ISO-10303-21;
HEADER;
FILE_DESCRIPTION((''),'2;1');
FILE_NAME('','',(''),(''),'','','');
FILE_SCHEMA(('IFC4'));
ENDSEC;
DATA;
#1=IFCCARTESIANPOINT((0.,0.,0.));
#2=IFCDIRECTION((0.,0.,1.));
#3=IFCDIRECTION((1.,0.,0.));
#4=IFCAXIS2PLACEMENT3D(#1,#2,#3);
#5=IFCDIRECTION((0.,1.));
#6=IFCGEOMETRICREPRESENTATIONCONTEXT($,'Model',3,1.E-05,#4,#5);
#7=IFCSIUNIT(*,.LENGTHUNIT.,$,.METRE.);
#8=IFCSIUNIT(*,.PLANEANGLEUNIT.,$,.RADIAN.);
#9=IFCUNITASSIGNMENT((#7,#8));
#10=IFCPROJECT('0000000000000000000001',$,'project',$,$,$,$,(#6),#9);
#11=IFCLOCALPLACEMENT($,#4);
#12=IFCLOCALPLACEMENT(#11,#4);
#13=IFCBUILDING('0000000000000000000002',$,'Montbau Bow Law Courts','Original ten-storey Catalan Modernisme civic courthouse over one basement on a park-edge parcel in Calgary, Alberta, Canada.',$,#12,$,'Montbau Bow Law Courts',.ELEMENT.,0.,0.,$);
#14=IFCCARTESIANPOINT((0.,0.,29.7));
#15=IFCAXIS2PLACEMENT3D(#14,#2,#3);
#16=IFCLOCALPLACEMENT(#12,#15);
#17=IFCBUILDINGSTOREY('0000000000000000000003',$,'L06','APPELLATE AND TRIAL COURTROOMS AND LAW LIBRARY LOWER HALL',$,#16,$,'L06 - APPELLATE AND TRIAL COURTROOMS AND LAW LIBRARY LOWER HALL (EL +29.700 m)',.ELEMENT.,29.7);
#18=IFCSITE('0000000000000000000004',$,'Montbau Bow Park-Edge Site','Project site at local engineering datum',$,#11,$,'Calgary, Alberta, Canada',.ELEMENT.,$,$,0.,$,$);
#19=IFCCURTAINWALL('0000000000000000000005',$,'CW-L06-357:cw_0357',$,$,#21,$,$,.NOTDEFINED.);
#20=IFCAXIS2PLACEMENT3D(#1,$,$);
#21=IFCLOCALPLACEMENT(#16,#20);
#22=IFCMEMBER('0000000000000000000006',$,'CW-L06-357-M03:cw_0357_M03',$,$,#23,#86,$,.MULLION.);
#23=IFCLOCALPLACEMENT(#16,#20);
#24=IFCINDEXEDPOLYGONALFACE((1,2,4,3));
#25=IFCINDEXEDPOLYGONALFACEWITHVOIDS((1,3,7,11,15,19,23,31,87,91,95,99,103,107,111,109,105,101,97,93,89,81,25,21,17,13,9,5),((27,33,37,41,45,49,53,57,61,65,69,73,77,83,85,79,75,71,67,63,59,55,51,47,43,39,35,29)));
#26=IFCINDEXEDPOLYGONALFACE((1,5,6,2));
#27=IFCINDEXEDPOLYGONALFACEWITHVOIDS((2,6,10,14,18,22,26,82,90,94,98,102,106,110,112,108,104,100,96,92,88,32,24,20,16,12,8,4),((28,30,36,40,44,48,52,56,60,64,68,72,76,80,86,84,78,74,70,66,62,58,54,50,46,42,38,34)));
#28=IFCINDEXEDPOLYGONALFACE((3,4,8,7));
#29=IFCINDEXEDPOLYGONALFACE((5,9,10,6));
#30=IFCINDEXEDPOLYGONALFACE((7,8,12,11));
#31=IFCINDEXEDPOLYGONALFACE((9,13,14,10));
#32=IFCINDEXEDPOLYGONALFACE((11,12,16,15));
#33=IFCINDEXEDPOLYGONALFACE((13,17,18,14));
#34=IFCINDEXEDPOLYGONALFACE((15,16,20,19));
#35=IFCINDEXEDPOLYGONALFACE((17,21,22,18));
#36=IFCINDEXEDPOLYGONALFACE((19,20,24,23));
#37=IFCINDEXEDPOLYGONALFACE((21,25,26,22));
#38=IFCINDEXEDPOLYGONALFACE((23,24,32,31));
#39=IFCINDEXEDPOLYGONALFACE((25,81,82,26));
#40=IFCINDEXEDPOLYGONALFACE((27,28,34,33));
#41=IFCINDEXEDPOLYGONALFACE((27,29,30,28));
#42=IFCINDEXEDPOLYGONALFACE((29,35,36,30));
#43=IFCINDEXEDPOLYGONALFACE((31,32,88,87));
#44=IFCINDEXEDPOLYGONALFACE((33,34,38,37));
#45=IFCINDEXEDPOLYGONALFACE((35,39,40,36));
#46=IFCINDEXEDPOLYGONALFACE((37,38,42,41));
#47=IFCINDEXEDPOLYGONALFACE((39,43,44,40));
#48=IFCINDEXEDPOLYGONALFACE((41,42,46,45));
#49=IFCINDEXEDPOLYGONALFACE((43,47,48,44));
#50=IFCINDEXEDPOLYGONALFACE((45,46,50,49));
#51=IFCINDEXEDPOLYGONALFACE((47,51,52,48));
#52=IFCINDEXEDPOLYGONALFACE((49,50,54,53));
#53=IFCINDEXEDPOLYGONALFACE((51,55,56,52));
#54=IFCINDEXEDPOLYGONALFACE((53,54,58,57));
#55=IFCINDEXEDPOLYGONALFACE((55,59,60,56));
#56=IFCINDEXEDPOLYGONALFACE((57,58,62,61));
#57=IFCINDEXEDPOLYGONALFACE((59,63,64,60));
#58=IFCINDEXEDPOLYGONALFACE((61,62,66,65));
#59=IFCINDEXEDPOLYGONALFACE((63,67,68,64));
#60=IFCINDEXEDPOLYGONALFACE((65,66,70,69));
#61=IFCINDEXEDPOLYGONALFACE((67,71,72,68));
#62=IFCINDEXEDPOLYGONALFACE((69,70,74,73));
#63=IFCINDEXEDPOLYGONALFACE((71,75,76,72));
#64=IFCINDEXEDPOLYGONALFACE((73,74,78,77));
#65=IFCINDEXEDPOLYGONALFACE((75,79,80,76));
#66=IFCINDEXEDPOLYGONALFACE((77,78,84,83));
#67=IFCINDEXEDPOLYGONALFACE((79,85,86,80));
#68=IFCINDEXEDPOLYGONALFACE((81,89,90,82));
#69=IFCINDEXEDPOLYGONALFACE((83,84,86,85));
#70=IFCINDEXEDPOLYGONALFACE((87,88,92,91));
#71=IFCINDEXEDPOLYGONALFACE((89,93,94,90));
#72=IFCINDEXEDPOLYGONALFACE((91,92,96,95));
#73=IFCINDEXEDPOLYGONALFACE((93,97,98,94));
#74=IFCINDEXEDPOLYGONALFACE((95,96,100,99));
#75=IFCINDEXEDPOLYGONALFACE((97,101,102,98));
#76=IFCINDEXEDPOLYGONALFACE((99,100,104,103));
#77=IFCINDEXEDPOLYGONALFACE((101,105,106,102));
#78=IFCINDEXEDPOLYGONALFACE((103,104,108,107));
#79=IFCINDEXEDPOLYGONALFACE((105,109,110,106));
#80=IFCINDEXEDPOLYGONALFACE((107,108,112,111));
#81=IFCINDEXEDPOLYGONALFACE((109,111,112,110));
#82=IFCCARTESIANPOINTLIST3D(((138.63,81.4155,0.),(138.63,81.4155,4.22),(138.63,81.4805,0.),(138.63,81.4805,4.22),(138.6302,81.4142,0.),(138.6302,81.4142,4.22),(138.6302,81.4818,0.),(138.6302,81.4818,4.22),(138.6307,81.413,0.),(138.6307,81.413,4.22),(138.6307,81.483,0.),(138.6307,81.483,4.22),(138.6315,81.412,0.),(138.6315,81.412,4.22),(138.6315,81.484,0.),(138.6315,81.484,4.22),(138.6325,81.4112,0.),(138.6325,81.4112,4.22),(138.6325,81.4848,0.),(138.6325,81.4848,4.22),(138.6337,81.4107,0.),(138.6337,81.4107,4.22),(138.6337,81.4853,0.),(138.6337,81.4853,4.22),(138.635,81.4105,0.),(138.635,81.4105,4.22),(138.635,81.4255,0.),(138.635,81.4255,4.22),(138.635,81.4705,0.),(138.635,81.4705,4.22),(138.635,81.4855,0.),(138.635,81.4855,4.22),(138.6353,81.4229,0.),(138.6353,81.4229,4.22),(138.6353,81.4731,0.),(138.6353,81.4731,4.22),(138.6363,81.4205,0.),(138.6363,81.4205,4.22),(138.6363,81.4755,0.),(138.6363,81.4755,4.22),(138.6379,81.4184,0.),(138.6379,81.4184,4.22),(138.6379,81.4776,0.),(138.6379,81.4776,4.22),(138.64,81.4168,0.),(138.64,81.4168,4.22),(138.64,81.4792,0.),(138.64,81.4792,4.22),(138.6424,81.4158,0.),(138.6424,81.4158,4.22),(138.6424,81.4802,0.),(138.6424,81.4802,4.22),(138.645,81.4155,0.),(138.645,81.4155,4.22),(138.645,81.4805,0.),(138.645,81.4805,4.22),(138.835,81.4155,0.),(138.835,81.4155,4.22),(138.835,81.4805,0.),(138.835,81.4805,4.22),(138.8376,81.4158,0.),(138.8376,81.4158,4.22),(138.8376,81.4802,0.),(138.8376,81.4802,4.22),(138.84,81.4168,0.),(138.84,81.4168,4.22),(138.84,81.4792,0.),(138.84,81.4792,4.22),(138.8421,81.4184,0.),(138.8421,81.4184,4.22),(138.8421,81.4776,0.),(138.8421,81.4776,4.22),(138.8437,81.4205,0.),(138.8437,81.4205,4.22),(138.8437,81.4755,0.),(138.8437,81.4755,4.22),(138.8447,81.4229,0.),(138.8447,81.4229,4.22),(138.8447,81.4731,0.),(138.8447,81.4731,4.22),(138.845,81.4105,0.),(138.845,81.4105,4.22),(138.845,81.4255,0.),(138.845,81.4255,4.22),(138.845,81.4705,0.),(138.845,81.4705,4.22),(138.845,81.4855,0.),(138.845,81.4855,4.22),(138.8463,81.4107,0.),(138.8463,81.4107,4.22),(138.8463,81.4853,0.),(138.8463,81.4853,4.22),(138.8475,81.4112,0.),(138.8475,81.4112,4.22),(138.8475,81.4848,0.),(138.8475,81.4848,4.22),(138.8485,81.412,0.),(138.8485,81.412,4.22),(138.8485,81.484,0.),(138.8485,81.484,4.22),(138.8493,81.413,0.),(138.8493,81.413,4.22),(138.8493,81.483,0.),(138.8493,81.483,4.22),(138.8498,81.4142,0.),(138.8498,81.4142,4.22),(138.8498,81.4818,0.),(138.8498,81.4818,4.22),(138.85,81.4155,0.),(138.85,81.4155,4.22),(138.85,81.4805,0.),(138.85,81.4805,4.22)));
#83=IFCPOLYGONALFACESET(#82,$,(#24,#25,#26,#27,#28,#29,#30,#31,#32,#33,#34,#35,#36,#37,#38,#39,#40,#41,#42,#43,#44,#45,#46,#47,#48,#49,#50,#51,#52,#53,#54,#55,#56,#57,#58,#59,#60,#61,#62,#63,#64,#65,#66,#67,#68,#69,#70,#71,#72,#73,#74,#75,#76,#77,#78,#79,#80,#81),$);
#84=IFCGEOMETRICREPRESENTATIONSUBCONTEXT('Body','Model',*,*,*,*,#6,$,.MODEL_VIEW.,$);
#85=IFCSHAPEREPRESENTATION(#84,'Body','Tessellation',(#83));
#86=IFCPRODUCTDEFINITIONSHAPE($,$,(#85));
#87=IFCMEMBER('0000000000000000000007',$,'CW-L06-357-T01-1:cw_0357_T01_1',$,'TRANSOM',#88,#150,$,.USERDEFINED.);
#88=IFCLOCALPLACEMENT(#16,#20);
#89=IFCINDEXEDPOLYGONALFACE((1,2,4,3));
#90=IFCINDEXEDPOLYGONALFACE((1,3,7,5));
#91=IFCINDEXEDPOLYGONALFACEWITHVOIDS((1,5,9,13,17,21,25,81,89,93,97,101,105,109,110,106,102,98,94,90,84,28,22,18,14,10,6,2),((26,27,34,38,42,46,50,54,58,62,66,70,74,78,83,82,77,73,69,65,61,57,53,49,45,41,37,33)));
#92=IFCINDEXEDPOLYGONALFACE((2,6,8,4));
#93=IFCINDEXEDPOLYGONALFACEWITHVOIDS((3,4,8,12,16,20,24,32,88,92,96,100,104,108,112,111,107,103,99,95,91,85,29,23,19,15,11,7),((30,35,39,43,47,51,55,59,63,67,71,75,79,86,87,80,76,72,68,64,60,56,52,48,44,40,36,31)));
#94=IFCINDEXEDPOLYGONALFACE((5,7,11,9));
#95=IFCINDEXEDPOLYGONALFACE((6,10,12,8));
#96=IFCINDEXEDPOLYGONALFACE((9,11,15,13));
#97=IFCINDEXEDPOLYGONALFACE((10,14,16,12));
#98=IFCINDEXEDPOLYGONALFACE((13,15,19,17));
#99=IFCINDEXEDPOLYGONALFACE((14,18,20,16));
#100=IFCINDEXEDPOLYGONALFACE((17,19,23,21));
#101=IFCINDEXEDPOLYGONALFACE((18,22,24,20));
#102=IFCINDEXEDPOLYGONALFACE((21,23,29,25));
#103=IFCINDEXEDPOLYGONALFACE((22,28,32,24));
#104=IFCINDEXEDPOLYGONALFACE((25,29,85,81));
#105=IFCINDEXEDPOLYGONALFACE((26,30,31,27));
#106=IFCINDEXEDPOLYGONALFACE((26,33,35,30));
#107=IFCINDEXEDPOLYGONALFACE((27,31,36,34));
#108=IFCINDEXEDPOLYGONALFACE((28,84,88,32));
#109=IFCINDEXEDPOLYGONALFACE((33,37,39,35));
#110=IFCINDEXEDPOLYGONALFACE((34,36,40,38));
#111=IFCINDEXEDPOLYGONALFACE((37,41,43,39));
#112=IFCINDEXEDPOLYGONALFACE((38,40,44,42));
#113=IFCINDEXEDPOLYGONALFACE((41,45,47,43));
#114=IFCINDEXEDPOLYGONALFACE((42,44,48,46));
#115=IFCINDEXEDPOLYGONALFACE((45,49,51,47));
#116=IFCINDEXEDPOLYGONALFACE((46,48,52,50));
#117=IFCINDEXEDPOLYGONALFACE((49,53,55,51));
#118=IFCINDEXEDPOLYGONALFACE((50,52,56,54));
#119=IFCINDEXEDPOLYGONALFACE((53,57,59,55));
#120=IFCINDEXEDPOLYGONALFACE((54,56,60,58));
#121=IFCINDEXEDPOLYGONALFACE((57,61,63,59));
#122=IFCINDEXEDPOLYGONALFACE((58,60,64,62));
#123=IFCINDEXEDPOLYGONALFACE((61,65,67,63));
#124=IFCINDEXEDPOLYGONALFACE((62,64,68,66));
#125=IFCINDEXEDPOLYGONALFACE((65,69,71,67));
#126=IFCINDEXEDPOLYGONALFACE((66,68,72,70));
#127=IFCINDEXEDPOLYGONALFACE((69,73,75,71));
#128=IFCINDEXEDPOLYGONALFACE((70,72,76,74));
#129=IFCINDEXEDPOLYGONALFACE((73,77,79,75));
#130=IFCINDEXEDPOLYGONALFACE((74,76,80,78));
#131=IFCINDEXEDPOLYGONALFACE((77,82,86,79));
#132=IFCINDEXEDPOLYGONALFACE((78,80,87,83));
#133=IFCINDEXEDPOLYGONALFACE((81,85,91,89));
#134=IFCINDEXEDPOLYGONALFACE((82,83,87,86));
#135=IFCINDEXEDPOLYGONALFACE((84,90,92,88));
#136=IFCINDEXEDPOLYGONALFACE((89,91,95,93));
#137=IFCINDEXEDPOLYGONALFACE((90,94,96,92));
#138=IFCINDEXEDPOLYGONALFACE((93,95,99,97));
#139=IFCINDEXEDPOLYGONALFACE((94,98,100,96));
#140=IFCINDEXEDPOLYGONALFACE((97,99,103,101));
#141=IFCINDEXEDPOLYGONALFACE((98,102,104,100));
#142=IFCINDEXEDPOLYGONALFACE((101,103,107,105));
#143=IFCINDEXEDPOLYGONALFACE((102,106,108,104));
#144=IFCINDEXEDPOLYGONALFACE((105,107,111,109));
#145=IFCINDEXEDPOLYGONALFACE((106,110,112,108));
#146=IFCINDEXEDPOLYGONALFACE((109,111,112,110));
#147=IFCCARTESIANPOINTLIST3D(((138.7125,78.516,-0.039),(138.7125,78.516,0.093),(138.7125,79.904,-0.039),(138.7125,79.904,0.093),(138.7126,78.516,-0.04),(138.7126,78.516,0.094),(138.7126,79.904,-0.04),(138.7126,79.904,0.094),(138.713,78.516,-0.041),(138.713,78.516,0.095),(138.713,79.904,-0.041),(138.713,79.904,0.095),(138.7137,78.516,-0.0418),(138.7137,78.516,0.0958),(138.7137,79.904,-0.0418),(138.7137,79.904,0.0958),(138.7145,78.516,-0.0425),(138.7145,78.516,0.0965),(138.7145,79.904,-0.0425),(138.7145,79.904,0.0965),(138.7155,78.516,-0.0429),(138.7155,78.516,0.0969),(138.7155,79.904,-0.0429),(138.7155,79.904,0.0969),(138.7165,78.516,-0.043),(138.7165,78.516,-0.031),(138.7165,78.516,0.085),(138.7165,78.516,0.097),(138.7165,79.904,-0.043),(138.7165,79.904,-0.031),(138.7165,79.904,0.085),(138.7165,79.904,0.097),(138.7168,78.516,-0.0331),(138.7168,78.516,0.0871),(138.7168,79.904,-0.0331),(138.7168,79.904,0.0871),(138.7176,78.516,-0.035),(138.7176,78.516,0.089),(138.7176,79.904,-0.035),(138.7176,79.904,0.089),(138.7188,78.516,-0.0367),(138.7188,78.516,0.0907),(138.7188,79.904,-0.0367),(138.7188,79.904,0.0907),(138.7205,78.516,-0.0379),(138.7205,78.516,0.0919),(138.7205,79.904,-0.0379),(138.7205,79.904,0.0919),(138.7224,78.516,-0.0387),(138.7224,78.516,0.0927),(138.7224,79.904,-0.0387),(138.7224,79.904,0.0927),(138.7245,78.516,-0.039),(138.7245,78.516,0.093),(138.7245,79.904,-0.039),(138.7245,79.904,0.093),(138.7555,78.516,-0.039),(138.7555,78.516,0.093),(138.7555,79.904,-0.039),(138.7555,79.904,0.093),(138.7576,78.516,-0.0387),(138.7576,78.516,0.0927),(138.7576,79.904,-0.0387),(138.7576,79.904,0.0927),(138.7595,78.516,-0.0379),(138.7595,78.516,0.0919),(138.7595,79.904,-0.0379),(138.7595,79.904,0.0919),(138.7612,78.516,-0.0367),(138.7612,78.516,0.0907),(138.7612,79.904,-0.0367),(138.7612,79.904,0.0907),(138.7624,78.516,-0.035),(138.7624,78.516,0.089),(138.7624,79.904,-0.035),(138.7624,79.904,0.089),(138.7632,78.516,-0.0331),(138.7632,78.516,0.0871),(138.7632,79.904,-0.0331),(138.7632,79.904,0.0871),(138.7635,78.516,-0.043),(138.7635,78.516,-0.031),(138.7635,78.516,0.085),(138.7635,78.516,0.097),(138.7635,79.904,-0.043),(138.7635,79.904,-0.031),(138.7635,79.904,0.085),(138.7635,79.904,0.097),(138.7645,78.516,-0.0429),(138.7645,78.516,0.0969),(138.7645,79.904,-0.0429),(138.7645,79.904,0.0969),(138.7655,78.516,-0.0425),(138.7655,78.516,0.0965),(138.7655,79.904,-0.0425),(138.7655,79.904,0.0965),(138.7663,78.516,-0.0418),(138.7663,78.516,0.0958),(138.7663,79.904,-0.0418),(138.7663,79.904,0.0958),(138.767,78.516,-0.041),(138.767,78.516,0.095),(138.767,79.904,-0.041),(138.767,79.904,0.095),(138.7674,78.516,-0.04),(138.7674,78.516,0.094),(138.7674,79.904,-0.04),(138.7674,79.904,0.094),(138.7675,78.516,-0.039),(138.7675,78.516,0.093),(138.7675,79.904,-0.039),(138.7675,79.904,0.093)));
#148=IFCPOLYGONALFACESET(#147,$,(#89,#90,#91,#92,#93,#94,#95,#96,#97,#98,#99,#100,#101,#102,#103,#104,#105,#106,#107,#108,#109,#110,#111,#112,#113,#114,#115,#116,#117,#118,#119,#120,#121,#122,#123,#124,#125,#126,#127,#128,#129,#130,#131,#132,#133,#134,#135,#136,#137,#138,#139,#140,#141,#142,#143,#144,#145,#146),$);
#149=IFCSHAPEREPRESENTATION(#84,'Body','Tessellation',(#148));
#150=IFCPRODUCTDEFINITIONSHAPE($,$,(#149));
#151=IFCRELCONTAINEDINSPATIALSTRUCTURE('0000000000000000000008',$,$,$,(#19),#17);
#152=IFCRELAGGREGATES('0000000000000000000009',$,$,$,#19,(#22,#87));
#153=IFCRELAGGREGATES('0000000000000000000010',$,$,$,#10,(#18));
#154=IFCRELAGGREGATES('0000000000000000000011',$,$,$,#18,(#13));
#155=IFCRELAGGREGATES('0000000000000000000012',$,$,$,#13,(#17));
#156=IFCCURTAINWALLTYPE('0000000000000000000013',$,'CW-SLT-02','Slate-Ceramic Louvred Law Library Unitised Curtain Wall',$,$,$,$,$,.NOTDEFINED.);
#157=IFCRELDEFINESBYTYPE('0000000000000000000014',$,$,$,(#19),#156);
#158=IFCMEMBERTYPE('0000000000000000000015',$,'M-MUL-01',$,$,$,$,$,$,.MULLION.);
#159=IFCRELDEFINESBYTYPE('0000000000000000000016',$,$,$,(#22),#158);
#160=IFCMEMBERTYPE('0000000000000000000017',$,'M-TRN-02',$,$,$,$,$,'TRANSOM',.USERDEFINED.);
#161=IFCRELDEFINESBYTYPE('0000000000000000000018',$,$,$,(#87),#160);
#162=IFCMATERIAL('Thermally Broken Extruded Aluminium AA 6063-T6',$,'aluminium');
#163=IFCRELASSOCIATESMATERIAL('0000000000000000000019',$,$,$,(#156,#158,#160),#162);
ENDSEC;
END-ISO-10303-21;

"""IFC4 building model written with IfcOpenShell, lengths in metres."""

from ifc_helpers import new_model, si_unit, direction, frame, origin_with_axes, origin_2d_with_axis, place, context, subcontext, project, spatial, hollow_rectangle, extrude, material, material_profile, profile_set, type_object, element, aggregate, save


model = new_model("IFC4")

# Units and contexts
model_context = context("Model", 3, precision=1e-05, world=origin_with_axes(), true_north=direction((0.0, 1.0)))
body_context = subcontext(model_context, "Body", "Model", "MODEL_VIEW")
ifc_project = project(units=[si_unit("LENGTHUNIT", "METRE"), si_unit("PLANEANGLEUNIT", "RADIAN")], contexts=[model_context])

# Site, building, storey
site_placement = place(None, origin_with_axes())
site = spatial("IfcSite", under=ifc_project, at=site_placement, Name="Montbau Bow Park-Edge Site", Description="Project site at local engineering datum", LongName="Calgary, Alberta, Canada", CompositionType="ELEMENT", RefElevation=0.0)
building_placement = place(site_placement, origin_with_axes())
building = spatial("IfcBuilding", under=site, at=building_placement, Name="Montbau Bow Law Courts", Description="Original ten-storey Catalan Modernisme civic courthouse over one basement on a park-edge parcel in Calgary, Alberta, Canada.", LongName="Montbau Bow Law Courts", CompositionType="ELEMENT", ElevationOfRefHeight=0.0, ElevationOfTerrain=0.0)
storey_placement = place(building_placement, frame((0.0, 0.0, 29.7), z_axis=(0.0, 0.0, 1.0), x_axis=(1.0, 0.0, 0.0)))
storey = spatial("IfcBuildingStorey", under=building, at=storey_placement, Name="L06", Description="APPELLATE AND TRIAL COURTROOMS AND LAW LIBRARY LOWER HALL", LongName="L06 - APPELLATE AND TRIAL COURTROOMS AND LAW LIBRARY LOWER HALL (EL +29.700 m)", CompositionType="ELEMENT", Elevation=29.7)

# Curtain wall, members
ifc_material_1 = material(Name="Thermally Broken Extruded Aluminium AA 6063-T6", Category="aluminium")
curtain_wall_type = type_object("IfcCurtainWallType", Name="CW-SLT-02", Description="Slate-Ceramic Louvred Law Library Unitised Curtain Wall", PredefinedType="NOTDEFINED", material=ifc_material_1)
curtain_wall_placement = place(None, frame((138.74, 78.44, 29.7), z_axis=(0.0, 0.0, 1.0), x_axis=(1.0, 0.0, 0.0)))
curtain_wall = element("IfcCurtainWall", 1, at=curtain_wall_placement, inside=storey, type_object=curtain_wall_type, Name="CW-L06-357:cw_0357", PredefinedType="NOTDEFINED")
ifc_material_profile_1 = material_profile(ifc_material_1, hollow_rectangle(XDim=0.075, YDim=0.22, WallThickness=0.005, InnerFilletRadius=0.01, OuterFilletRadius=0.005, at=origin_2d_with_axis()), Name="CWM-220X75", Category="Main", Priority=0)
ifc_profile_set_1 = profile_set([ifc_material_profile_1], Name="Thermally Broken Extruded Aluminium AA 6063-T6")
member_type_1 = type_object("IfcMemberType", Name="M-MUL-01", PredefinedType="MULLION", material=ifc_profile_set_1)
member_1_placement = place(None, frame((138.74, 81.448, 29.7), z_axis=(0.0, 0.0, 1.0), x_axis=(0.0, 1.0, 0.0)))
member_1 = element("IfcMember", 2, at=member_1_placement, type_object=member_type_1, Name="CW-L06-357-M03:cw_0357_M03", PredefinedType="MULLION", context=body_context, shape_type="SweptSolid", body=[
    extrude(hollow_rectangle(XDim=0.075, YDim=0.22, WallThickness=0.005, InnerFilletRadius=0.01, OuterFilletRadius=0.005, at=origin_2d_with_axis()), origin_with_axes(), (0.0, 0.0, 1.0), 4.22),
])
ifc_material_profile_2 = material_profile(ifc_material_1, hollow_rectangle(XDim=0.055, YDim=0.14, WallThickness=0.004, InnerFilletRadius=0.008, OuterFilletRadius=0.004, at=origin_2d_with_axis()), Name="CWT-140X55", Category="Main", Priority=0)
ifc_profile_set_2 = profile_set([ifc_material_profile_2], Name="Thermally Broken Extruded Aluminium AA 6063-T6")
member_type_2 = type_object("IfcMemberType", Name="M-TRN-02", ElementType="TRANSOM", PredefinedType="USERDEFINED", material=ifc_profile_set_2)
member_2_placement = place(None, frame((138.74, 78.516, 29.727), z_axis=(0.0, 1.0, 0.0), x_axis=(-1.0, 0.0, 0.0)))
member_2 = element("IfcMember", 3, at=member_2_placement, type_object=member_type_2, Name="CW-L06-357-T01-1:cw_0357_T01_1", ObjectType="TRANSOM", PredefinedType="USERDEFINED", context=body_context, shape_type="SweptSolid", body=[
    extrude(hollow_rectangle(XDim=0.055, YDim=0.14, WallThickness=0.004, InnerFilletRadius=0.008, OuterFilletRadius=0.004, at=origin_2d_with_axis()), origin_with_axes(), (0.0, 0.0, 1.0), 1.388),
])
aggregate(curtain_wall, [member_1, member_2])

save(model, "model.ifc")
